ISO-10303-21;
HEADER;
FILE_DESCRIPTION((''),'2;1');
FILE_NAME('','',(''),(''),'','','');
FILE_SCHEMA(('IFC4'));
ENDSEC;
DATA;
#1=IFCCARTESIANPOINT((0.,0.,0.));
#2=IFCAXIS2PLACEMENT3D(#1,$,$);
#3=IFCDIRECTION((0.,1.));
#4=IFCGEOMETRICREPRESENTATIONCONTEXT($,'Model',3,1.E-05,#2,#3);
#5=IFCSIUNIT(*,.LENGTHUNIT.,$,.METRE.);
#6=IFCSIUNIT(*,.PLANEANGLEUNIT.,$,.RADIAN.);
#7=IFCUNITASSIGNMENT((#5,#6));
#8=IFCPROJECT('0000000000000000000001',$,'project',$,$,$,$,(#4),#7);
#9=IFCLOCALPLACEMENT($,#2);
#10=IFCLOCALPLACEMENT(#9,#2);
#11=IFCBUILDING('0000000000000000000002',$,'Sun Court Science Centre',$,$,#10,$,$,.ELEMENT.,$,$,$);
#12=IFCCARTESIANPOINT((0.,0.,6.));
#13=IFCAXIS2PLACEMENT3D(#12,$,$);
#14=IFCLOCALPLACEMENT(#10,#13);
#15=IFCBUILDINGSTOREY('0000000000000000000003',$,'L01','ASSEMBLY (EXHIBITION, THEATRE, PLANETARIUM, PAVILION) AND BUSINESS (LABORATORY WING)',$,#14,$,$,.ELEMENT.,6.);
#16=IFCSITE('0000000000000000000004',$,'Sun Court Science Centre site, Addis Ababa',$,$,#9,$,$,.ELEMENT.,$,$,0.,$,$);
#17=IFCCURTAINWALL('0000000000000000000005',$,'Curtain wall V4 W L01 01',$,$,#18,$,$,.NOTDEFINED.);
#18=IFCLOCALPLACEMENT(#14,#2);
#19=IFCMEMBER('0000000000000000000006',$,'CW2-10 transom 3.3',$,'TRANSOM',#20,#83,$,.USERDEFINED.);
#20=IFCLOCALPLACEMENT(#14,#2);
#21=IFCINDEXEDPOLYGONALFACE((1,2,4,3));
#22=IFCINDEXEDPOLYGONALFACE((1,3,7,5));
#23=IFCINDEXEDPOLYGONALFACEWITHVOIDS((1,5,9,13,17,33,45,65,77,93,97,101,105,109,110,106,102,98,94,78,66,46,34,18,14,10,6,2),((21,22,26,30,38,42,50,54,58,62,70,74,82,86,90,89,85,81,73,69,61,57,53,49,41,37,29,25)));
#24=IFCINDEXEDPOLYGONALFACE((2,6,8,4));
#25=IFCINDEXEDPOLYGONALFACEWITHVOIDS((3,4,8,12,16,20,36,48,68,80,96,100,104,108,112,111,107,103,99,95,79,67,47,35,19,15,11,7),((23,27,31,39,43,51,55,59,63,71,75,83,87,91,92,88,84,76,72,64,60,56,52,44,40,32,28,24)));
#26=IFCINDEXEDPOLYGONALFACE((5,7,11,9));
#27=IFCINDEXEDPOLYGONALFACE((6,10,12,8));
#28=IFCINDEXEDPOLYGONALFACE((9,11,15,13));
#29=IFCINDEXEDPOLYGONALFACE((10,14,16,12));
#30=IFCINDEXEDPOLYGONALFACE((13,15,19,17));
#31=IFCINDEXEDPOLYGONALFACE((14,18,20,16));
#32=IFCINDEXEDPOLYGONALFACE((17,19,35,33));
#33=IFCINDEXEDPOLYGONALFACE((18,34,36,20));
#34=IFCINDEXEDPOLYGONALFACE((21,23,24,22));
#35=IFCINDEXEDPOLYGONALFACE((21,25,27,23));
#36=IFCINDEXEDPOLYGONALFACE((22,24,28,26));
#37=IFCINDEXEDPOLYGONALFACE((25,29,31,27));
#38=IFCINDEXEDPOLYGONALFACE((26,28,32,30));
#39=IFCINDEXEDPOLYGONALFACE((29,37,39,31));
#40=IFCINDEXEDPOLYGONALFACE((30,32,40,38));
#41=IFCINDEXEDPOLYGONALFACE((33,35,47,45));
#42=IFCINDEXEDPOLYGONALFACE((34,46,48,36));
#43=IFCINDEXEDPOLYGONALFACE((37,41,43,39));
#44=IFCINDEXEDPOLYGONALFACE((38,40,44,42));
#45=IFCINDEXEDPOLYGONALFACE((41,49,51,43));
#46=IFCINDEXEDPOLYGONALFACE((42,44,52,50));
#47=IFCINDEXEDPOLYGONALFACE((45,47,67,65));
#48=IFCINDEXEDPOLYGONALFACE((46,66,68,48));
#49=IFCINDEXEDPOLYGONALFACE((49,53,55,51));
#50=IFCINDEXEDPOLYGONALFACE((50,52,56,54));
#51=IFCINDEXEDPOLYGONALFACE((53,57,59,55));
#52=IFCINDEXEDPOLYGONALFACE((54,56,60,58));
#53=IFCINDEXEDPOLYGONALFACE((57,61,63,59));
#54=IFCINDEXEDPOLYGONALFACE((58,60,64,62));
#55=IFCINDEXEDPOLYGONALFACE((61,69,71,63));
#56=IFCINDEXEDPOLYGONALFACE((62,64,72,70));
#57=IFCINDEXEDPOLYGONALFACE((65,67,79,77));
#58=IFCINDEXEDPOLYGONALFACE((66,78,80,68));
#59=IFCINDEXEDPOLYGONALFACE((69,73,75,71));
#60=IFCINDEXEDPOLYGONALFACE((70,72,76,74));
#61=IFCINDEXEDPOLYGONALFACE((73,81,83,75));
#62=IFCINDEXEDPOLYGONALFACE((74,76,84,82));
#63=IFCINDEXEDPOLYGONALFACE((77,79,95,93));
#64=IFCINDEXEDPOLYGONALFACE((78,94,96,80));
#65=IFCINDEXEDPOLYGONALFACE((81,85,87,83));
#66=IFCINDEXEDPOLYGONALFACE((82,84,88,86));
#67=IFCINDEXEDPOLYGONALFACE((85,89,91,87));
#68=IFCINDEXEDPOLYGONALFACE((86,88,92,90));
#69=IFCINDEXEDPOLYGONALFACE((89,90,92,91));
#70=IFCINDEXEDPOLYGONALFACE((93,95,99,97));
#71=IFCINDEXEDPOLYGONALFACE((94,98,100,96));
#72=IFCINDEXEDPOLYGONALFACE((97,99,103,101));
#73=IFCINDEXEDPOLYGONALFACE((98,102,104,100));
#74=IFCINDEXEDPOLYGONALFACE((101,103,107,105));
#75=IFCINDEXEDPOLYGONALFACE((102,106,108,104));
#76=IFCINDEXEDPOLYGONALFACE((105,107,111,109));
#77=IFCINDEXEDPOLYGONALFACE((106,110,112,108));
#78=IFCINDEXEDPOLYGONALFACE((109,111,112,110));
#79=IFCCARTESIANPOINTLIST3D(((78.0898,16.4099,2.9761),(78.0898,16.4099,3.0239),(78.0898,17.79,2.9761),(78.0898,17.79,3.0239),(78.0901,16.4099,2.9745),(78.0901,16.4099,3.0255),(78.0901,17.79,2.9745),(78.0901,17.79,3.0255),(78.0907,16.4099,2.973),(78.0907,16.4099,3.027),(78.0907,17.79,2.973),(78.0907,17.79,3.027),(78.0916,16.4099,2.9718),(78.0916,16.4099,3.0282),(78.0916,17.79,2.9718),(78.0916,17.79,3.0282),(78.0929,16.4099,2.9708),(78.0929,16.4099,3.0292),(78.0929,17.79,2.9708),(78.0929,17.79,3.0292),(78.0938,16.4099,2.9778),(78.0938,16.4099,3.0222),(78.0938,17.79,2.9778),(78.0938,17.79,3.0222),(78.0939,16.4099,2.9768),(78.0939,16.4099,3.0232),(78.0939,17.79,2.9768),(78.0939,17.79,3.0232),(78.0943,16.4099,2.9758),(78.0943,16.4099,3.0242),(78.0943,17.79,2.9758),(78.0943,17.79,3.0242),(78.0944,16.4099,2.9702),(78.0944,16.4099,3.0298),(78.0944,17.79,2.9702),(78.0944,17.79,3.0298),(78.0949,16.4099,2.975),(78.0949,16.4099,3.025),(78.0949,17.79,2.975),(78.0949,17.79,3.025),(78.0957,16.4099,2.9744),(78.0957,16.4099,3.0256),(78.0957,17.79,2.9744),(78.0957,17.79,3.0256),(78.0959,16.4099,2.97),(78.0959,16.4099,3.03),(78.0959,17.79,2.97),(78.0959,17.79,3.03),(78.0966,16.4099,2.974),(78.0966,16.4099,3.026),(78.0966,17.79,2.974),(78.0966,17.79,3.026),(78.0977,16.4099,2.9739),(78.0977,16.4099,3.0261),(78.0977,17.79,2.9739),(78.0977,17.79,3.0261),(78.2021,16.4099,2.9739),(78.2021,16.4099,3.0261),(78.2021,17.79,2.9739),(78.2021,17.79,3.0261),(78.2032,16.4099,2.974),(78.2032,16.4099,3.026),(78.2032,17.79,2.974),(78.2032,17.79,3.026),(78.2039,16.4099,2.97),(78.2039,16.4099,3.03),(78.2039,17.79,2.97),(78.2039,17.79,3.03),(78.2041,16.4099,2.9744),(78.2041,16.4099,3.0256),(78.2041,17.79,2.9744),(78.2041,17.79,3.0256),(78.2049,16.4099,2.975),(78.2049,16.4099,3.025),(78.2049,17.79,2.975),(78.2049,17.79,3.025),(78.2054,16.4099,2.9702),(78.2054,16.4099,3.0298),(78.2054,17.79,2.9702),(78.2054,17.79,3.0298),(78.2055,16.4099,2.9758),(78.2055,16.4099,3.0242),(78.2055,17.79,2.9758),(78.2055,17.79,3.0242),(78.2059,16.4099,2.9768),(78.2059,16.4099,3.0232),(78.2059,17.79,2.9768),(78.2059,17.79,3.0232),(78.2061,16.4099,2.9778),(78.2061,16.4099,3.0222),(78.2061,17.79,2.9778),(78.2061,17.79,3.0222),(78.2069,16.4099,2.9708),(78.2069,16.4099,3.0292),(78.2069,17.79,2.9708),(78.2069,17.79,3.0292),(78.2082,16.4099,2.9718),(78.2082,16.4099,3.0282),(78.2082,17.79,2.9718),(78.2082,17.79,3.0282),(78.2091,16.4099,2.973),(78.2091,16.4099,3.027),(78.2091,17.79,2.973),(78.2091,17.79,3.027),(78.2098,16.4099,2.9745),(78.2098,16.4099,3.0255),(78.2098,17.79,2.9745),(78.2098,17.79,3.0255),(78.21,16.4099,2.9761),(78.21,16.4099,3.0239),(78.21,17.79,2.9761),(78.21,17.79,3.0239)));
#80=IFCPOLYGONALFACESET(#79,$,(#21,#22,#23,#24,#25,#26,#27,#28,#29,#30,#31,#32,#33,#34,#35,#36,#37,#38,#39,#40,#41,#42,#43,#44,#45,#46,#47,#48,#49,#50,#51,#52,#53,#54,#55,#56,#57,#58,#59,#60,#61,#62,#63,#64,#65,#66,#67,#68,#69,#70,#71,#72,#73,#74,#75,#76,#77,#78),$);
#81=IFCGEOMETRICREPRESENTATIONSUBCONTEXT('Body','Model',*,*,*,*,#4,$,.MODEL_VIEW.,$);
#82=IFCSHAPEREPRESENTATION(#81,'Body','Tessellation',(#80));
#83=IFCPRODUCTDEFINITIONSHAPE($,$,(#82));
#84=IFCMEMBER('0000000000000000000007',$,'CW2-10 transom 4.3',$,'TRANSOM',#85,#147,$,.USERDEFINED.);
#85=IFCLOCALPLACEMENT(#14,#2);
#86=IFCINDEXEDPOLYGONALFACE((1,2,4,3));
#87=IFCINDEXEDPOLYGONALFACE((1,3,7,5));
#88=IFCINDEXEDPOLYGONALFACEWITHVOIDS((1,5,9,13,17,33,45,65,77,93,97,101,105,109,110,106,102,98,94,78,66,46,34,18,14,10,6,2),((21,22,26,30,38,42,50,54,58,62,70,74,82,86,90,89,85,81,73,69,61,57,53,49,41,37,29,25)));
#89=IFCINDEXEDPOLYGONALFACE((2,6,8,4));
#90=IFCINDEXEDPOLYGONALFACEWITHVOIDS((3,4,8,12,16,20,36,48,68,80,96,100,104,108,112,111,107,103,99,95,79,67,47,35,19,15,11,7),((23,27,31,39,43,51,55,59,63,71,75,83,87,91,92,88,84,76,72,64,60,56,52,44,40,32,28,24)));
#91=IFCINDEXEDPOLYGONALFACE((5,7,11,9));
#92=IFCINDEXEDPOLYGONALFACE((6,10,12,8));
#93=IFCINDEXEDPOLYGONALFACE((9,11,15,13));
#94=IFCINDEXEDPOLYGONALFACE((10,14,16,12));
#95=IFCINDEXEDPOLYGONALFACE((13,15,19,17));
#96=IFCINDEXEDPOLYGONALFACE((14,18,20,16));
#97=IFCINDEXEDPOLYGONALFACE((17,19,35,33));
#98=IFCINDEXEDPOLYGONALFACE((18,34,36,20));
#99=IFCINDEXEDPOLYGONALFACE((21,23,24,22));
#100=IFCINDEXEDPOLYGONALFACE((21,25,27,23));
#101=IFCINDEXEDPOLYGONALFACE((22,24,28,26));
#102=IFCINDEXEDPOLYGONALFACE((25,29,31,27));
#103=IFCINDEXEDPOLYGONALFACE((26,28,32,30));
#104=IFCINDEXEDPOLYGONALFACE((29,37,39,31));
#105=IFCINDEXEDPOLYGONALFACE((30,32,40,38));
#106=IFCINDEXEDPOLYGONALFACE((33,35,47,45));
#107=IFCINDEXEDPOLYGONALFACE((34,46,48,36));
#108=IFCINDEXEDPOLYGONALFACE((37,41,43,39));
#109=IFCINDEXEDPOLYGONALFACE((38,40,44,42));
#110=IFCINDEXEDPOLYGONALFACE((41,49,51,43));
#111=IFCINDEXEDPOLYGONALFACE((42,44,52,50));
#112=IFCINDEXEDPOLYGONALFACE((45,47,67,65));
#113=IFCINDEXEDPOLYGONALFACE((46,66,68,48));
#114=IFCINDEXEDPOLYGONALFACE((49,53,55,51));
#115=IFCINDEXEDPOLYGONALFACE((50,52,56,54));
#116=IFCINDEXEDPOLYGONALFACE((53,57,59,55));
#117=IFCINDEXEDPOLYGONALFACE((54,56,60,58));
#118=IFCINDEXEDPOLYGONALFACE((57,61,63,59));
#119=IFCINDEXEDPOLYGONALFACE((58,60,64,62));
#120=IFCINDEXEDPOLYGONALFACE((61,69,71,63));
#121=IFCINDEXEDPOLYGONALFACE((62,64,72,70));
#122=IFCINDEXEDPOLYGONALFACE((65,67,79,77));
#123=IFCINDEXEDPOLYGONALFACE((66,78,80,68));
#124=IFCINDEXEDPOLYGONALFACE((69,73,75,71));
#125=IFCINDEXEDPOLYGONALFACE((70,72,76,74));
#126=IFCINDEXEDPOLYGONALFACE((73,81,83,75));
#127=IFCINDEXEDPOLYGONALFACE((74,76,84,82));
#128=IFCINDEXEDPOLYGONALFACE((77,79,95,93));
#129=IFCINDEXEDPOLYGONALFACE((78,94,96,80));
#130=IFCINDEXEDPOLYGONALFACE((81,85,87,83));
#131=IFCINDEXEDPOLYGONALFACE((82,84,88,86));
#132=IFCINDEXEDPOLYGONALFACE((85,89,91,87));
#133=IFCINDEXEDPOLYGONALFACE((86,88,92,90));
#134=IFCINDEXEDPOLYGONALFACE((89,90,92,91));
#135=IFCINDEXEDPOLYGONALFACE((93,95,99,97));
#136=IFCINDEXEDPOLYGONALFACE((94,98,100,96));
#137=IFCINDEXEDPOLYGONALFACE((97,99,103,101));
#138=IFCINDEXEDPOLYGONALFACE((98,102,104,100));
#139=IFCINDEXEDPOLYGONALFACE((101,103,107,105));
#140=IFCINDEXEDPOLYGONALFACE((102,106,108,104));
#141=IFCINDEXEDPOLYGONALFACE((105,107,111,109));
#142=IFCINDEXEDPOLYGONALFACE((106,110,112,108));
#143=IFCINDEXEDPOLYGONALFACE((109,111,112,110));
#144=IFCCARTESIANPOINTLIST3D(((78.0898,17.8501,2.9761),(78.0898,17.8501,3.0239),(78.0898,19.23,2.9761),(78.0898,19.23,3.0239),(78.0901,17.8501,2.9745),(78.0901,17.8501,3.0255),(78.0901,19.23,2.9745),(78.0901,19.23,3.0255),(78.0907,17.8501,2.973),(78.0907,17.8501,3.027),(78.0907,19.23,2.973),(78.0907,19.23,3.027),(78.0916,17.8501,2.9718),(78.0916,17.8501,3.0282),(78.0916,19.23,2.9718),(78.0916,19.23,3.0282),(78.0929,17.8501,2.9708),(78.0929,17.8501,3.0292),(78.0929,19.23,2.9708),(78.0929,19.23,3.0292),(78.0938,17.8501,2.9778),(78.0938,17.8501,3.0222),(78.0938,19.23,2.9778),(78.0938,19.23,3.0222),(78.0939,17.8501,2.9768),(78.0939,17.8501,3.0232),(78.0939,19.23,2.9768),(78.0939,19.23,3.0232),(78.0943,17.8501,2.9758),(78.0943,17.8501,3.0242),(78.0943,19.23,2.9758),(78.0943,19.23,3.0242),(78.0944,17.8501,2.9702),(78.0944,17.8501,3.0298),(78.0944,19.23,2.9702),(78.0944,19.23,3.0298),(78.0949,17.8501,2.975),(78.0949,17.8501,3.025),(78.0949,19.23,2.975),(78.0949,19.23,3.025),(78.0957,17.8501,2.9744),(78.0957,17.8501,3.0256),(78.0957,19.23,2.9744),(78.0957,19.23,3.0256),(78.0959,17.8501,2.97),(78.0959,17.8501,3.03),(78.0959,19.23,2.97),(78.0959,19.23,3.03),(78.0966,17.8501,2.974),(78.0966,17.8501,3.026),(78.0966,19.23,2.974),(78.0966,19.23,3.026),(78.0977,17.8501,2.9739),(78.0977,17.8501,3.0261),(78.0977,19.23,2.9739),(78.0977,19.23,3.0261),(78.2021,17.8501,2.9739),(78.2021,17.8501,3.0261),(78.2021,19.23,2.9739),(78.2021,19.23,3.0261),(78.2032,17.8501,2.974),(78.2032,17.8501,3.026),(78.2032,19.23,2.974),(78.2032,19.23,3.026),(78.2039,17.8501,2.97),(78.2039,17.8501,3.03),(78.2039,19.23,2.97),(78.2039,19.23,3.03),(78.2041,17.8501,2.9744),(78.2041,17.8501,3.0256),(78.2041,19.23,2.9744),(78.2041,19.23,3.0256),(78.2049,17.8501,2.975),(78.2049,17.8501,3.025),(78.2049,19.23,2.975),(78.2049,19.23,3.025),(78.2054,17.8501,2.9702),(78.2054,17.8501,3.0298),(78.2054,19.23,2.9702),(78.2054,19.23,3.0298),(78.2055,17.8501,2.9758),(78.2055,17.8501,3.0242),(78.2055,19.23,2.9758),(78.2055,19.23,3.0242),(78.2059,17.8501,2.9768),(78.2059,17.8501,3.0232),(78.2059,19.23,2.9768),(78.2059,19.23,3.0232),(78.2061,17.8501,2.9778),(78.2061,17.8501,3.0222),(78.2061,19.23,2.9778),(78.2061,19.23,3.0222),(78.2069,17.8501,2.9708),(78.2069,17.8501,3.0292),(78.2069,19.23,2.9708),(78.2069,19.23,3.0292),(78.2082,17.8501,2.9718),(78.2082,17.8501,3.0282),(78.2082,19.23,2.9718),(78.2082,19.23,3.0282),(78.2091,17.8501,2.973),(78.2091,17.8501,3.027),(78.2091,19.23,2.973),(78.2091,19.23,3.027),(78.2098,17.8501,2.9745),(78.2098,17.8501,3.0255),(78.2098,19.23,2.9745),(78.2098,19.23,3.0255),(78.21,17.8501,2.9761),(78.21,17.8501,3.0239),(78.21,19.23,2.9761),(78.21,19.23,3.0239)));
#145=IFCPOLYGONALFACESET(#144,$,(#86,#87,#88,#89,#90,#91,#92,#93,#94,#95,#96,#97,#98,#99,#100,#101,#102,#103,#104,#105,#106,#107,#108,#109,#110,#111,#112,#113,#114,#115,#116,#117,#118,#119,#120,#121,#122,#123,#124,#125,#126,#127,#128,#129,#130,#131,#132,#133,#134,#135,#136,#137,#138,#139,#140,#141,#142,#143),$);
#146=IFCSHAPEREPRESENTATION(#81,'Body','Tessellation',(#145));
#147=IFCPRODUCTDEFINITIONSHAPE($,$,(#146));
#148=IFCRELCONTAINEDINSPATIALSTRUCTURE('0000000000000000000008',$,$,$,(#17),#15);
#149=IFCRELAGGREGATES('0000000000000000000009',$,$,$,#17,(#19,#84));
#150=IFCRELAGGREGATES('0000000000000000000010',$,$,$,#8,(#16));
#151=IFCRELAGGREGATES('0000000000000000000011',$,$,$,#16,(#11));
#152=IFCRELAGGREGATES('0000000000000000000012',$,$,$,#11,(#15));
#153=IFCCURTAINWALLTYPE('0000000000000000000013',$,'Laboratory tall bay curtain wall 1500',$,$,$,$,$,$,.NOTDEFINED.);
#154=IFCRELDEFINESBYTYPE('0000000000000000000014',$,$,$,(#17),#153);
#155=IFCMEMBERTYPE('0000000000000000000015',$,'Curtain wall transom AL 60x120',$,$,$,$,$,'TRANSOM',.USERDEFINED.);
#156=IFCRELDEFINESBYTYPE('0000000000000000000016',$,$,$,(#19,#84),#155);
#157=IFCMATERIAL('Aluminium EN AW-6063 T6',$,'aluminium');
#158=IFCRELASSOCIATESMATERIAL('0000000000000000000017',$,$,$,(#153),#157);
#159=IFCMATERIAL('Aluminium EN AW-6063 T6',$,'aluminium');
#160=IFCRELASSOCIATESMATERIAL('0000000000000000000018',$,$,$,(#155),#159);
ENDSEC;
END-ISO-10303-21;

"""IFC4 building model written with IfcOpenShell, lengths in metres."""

from ifc_helpers import new_model, si_unit, direction, frame, origin, origin_2d, place, context, subcontext, project, spatial, hollow_rectangle, extrude, material, material_profile, profile_set, type_object, element, aggregate, save


model = new_model("IFC4")

# Units and contexts
model_context = context("Model", 3, precision=1e-05, world=origin(), true_north=direction((0.0, 1.0)))
body_context = subcontext(model_context, "Body", "Model", "MODEL_VIEW")
ifc_project = project(units=[si_unit("LENGTHUNIT", "METRE"), si_unit("PLANEANGLEUNIT", "RADIAN")], contexts=[model_context])

# Site, building, storey
site_placement = place(None, origin())
site = spatial("IfcSite", under=ifc_project, at=site_placement, Name="Sun Court Science Centre site, Addis Ababa", CompositionType="ELEMENT", RefElevation=0.0)
building_placement = place(site_placement, origin())
building = spatial("IfcBuilding", under=site, at=building_placement, Name="Sun Court Science Centre", CompositionType="ELEMENT")
storey_placement = place(building_placement, frame((0.0, 0.0, 6.0)))
storey = spatial("IfcBuildingStorey", under=building, at=storey_placement, Name="L01", Description="ASSEMBLY (EXHIBITION, THEATRE, PLANETARIUM, PAVILION) AND BUSINESS (LABORATORY WING)", CompositionType="ELEMENT", Elevation=6.0)

# Curtain wall, members
ifc_material_1 = material(Name="Aluminium EN AW-6063 T6", Category="aluminium")
curtain_wall_type = type_object("IfcCurtainWallType", Name="Laboratory tall bay curtain wall 1500", PredefinedType="NOTDEFINED", material=ifc_material_1)
curtain_wall_placement = place(storey_placement, origin())
curtain_wall = element("IfcCurtainWall", 1, at=curtain_wall_placement, inside=storey, type_object=curtain_wall_type, Name="Curtain wall V4 W L01 01", PredefinedType="NOTDEFINED")
ifc_material_2 = material(Name="Aluminium EN AW-6063 T6", Category="aluminium")
ifc_material_profile_1 = material_profile(ifc_material_2, hollow_rectangle(XDim=0.0601, YDim=0.1201, WallThickness=0.0039, InnerFilletRadius=0.0039, OuterFilletRadius=0.0061, at=origin_2d()), Name="AL 60x120x4")
ifc_profile_set_1 = profile_set([ifc_material_profile_1], Name="Aluminium EN AW-6063 T6")
member_type_1 = type_object("IfcMemberType", Name="Curtain wall transom AL 60x120", ElementType="TRANSOM", PredefinedType="USERDEFINED", material=ifc_profile_set_1)
member_1_placement = place(storey_placement, frame((78.1499, 16.4099, 3.0), z_axis=(0.0, 1.0, 0.0), x_axis=(0.0, 0.0, 1.0)))
member_1 = element("IfcMember", 2, at=member_1_placement, type_object=member_type_1, Name="CW2-10 transom 3.3", ObjectType="TRANSOM", PredefinedType="USERDEFINED", context=body_context, shape_type="SweptSolid", body=[
    extrude(hollow_rectangle(XDim=0.0601, YDim=0.1201, WallThickness=0.0039, InnerFilletRadius=0.0039, OuterFilletRadius=0.0061, at=origin_2d()), origin(), (0.0, 0.0, 1.0), 1.3801),
])
member_2_placement = place(storey_placement, frame((78.1499, 17.8501, 3.0), z_axis=(0.0, 1.0, 0.0), x_axis=(0.0, 0.0, 1.0)))
member_2 = element("IfcMember", 3, at=member_2_placement, type_object=member_type_1, Name="CW2-10 transom 4.3", ObjectType="TRANSOM", PredefinedType="USERDEFINED", context=body_context, shape_type="SweptSolid", body=[
    extrude(hollow_rectangle(XDim=0.0601, YDim=0.1201, WallThickness=0.0039, InnerFilletRadius=0.0039, OuterFilletRadius=0.0061, at=origin_2d()), origin(), (0.0, 0.0, 1.0), 1.3799),
])

aggregate(curtain_wall, [member_1, member_2])

save(model, "model.ifc")
